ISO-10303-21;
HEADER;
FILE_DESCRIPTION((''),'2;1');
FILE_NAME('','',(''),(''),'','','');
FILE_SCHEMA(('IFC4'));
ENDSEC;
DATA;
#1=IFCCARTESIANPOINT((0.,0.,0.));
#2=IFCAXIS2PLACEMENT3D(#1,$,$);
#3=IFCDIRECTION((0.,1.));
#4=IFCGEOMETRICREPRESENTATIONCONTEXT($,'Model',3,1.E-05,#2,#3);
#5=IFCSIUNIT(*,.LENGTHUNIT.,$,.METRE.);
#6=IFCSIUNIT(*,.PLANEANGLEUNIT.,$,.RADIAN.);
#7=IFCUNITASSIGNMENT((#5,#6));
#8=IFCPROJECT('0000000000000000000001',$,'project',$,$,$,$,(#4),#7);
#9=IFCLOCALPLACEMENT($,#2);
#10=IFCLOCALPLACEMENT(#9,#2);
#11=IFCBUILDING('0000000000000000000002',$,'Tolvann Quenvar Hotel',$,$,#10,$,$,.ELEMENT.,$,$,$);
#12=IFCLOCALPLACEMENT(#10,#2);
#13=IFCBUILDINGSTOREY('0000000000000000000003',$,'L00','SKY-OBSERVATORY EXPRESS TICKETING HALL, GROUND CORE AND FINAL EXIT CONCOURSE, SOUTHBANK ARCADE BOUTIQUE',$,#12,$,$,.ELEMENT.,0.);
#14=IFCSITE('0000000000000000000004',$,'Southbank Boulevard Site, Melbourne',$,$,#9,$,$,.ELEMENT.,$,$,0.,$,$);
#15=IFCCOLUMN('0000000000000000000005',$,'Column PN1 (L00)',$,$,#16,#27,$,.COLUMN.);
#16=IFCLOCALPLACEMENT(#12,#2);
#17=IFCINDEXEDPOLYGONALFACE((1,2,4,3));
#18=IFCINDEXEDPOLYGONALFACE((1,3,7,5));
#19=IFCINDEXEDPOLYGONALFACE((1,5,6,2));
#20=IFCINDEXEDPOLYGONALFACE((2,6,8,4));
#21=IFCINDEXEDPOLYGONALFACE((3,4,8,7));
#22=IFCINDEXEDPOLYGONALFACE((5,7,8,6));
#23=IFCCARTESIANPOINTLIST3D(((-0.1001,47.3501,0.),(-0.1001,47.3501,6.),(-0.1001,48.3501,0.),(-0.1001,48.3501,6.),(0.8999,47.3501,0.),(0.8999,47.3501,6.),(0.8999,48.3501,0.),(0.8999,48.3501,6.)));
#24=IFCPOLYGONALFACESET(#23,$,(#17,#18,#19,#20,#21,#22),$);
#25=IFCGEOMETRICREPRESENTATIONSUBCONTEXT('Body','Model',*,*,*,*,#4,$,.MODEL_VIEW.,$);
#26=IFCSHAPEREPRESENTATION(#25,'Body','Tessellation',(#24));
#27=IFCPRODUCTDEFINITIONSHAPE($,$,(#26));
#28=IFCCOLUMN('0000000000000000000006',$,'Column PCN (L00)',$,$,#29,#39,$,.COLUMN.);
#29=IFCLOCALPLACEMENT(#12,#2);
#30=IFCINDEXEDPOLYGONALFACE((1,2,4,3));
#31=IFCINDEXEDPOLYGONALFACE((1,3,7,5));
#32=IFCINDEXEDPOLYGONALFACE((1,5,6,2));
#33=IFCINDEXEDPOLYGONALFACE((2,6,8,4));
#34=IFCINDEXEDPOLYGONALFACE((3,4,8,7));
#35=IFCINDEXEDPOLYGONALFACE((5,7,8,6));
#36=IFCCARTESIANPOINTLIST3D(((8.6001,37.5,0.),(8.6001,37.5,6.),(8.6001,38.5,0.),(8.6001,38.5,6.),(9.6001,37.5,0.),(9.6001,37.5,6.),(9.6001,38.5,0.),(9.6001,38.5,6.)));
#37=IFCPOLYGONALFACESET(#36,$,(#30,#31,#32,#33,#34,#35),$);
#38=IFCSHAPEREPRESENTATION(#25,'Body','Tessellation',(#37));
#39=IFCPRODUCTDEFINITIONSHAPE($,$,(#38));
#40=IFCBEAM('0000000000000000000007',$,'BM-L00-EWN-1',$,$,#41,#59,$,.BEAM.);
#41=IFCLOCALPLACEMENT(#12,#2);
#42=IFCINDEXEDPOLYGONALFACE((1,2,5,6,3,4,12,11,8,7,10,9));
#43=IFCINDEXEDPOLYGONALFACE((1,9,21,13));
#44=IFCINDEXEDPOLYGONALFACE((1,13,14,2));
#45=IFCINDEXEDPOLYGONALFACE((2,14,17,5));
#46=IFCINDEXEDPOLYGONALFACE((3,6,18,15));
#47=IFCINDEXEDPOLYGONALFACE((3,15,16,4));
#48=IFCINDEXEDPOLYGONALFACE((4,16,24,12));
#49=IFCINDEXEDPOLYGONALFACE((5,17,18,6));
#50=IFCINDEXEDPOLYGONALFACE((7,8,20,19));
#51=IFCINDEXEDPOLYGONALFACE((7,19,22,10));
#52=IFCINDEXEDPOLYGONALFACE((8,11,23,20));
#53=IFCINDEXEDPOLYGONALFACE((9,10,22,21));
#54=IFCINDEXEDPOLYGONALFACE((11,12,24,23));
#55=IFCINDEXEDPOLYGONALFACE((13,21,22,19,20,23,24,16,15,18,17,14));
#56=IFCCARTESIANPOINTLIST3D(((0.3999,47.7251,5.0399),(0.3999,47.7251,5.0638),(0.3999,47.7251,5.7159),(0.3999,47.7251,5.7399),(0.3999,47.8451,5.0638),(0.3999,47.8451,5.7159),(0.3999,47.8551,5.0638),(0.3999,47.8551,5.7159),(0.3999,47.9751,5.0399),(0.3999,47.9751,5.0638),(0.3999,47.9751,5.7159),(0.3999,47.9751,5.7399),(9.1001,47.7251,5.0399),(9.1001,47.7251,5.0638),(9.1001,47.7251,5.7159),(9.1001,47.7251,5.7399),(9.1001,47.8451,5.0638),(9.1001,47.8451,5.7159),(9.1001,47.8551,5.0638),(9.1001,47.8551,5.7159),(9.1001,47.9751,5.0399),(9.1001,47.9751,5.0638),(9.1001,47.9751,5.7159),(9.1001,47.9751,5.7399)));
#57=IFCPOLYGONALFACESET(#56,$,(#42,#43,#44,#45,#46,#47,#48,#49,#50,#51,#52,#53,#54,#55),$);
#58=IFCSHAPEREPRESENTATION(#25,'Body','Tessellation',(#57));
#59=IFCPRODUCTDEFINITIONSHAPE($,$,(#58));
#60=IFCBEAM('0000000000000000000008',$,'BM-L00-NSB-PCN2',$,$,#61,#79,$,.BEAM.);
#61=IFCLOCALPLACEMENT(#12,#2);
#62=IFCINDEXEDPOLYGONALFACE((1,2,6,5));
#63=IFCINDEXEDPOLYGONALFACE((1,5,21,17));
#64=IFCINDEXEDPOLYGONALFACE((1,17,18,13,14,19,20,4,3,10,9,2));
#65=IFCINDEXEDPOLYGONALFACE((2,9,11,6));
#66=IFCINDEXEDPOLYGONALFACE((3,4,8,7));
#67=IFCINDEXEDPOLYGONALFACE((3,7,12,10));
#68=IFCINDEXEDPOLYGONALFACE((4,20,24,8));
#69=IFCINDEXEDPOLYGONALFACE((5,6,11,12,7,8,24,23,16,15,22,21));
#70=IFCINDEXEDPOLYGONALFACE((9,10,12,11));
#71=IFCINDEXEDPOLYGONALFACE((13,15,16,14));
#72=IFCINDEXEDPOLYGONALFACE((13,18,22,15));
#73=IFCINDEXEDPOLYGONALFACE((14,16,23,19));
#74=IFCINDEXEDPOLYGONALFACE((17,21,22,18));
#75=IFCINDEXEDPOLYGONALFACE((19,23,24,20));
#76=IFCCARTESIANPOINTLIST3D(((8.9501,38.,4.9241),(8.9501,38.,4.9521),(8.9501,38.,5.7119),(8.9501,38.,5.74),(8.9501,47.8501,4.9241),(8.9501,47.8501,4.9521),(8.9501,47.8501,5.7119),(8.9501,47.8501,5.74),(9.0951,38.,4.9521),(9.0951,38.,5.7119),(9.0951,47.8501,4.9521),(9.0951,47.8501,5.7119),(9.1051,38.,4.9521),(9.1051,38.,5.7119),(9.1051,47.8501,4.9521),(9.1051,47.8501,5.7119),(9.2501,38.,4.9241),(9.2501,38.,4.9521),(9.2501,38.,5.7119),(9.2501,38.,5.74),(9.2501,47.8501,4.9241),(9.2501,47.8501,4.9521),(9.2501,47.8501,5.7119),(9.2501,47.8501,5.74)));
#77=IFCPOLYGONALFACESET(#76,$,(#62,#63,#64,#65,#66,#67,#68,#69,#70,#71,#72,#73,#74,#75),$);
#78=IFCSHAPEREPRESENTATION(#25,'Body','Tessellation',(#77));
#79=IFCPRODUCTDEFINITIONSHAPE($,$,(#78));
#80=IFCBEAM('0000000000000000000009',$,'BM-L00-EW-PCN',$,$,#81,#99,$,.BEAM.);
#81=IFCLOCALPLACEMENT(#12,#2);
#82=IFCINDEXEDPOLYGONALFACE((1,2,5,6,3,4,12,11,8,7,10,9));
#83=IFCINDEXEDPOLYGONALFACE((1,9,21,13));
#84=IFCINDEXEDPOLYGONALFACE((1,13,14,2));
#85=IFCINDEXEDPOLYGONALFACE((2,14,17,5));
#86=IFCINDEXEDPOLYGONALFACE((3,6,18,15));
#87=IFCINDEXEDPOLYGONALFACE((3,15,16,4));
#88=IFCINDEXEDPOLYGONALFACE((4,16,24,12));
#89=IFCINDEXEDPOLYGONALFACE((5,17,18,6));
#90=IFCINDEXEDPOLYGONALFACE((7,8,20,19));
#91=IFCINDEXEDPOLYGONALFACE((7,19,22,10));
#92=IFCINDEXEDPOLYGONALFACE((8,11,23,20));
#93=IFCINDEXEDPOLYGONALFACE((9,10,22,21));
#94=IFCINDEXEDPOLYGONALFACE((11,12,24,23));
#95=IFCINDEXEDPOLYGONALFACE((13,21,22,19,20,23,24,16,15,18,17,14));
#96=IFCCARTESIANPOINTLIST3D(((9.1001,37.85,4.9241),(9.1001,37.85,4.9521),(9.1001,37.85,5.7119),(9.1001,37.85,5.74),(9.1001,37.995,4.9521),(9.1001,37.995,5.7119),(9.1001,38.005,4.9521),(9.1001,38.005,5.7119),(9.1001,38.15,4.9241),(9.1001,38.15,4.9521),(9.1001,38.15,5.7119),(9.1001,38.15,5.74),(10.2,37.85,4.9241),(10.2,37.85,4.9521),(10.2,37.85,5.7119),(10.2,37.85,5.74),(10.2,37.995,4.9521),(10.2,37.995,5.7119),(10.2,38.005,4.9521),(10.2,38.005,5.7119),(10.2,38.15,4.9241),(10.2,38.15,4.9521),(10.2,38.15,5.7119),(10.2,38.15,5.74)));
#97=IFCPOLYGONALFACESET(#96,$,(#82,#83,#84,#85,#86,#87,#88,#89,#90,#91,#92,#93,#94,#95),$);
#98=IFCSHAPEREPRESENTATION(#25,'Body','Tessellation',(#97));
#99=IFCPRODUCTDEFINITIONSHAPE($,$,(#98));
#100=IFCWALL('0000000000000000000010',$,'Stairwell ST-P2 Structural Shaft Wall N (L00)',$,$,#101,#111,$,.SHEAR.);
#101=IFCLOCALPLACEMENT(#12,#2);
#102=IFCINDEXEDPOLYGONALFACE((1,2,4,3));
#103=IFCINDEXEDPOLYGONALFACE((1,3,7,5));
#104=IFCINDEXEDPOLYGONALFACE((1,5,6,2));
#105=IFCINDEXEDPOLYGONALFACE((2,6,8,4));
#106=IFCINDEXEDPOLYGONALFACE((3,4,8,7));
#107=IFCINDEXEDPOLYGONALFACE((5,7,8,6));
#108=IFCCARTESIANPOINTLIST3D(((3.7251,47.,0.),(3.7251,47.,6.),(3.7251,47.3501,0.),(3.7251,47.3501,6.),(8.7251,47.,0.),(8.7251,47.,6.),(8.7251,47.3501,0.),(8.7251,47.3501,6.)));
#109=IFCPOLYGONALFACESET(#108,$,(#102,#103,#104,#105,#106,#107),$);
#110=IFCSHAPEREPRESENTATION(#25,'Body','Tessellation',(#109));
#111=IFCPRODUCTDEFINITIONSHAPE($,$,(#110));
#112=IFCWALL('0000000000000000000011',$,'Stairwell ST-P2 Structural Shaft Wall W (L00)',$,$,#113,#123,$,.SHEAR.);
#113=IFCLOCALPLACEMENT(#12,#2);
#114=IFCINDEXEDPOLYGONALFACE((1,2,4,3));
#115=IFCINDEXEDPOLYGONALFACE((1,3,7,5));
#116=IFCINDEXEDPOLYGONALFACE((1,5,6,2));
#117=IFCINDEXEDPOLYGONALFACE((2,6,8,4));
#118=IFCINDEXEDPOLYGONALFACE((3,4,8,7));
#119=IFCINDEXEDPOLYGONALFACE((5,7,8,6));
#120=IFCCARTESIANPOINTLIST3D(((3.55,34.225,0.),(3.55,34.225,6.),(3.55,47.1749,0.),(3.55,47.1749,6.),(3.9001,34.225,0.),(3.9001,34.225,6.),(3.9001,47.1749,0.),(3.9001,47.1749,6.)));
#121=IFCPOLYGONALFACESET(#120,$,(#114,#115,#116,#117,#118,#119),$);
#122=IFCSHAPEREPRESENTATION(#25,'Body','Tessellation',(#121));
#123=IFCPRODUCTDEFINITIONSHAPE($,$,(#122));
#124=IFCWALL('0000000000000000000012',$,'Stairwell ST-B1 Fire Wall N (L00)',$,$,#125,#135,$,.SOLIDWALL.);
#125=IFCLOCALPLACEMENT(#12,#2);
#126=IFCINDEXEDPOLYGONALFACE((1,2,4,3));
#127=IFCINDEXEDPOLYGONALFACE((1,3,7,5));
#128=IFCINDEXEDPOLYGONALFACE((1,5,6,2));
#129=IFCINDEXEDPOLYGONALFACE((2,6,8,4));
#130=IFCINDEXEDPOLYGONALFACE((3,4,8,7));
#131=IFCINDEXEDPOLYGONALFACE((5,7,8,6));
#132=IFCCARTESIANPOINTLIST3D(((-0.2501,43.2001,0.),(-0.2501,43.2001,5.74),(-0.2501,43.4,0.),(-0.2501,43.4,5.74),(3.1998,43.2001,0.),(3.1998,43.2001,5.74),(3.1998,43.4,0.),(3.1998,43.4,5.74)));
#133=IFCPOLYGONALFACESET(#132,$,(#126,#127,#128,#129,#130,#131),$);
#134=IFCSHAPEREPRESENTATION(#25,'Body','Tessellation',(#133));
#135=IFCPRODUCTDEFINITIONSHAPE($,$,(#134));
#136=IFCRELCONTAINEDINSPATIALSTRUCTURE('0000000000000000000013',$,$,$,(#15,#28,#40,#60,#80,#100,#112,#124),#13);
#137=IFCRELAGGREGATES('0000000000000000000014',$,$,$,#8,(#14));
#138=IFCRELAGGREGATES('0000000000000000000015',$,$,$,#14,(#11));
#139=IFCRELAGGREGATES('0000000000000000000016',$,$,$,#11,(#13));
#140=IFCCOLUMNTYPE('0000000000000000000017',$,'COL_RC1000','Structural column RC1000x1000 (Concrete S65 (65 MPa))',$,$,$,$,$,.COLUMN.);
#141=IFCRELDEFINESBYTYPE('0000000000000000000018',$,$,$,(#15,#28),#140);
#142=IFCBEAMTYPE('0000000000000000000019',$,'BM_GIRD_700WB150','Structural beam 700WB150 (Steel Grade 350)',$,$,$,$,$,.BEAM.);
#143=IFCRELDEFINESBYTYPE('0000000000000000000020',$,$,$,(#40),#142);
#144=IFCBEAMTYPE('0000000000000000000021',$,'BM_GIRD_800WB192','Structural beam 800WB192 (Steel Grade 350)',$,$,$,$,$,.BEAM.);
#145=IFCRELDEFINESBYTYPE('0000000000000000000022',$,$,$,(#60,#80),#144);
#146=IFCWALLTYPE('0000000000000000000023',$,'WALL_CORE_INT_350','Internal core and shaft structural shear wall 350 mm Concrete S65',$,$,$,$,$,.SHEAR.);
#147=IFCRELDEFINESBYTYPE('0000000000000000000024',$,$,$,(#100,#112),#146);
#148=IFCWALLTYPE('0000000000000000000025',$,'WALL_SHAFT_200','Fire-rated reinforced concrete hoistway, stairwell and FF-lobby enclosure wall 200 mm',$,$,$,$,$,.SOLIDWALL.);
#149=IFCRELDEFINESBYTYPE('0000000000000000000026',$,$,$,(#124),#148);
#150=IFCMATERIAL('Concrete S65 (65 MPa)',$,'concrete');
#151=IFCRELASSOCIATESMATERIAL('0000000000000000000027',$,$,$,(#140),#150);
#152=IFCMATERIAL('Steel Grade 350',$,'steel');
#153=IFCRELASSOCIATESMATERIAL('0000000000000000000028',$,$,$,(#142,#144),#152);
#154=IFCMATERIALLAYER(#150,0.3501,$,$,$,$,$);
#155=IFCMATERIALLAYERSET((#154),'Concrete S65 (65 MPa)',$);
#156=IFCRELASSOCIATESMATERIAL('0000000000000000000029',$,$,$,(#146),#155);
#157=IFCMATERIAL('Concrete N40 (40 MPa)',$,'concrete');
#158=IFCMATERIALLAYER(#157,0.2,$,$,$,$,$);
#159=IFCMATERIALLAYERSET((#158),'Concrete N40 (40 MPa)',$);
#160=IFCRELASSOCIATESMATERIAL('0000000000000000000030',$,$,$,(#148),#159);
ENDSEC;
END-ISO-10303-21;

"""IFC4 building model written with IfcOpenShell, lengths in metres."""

from ifc_helpers import new_model, si_unit, direction, frame, frame_2d, origin, origin_2d, place, context, subcontext, project, spatial, rectangle, i_section, extrude, source, transform, mapped, material, layer, layer_set, material_profile, profile_set, type_object, type_shapes, element, save


model = new_model("IFC4")

# Units and contexts
model_context = context("Model", 3, precision=1e-05, world=origin(), true_north=direction((0.0, 1.0)))
body_context = subcontext(model_context, "Body", "Model", "MODEL_VIEW")
ifc_project = project(units=[si_unit("LENGTHUNIT", "METRE"), si_unit("PLANEANGLEUNIT", "RADIAN")], contexts=[model_context])

# Site, building, storey
site_placement = place(None, origin())
site = spatial("IfcSite", under=ifc_project, at=site_placement, Name="Southbank Boulevard Site, Melbourne", CompositionType="ELEMENT", RefElevation=0.0)
building_placement = place(site_placement, origin())
building = spatial("IfcBuilding", under=site, at=building_placement, Name="Tolvann Quenvar Hotel", CompositionType="ELEMENT")
storey_placement = place(building_placement, origin())
storey = spatial("IfcBuildingStorey", under=building, at=storey_placement, Name="L00", Description="SKY-OBSERVATORY EXPRESS TICKETING HALL, GROUND CORE AND FINAL EXIT CONCOURSE, SOUTHBANK ARCADE BOUTIQUE", CompositionType="ELEMENT", Elevation=0.0)

# Columns
ifc_material_1 = material(Name="Concrete S65 (65 MPa)", Category="concrete")
ifc_material_profile_1 = material_profile(ifc_material_1, rectangle(XDim=1.0, YDim=1.0, at=origin_2d()), Name="RC1000x1000")
ifc_profile_set_1 = profile_set([ifc_material_profile_1], Name="Concrete S65 (65 MPa)")
column_type = type_object("IfcColumnType", Name="COL_RC1000", Description="Structural column RC1000x1000 (Concrete S65 (65 MPa))", PredefinedType="COLUMN", material=ifc_profile_set_1)
shared_shape_1 = source(origin(), body_context, "Body", "SweptSolid", [
    extrude(rectangle(XDim=1.0, YDim=1.0, at=origin_2d()), origin(), (0.0, 0.0, 1.0), 6.0),
])
type_shapes(column_type, [shared_shape_1])
for number, where, z_axis, x_axis, name in (
    (1, (0.3999, 47.8501, 0.0), (0.0, 0.0, 1.0), (1.0, 0.0, 0.0), "Column PN1 (L00)"),
    (2, (9.1001, 38.0, 0.0), (0.0, 0.0, 1.0), (1.0, 0.0, 0.0), "Column PCN (L00)"),
):
    element("IfcColumn", number, at=place(storey_placement, frame(where, z_axis=z_axis, x_axis=x_axis)), inside=storey, type_object=column_type, Name=name, PredefinedType="COLUMN", context=body_context, shape_type="MappedRepresentation", body=[
        mapped(shared_shape_1, transform((0.0, 0.0, 0.0), x_axis=(1.0, 0.0, 0.0), y_axis=(0.0, 1.0, 0.0), z_axis=(0.0, 0.0, 1.0), scale=1.0)),
    ])

# Beams
ifc_material_2 = material(Name="Steel Grade 350", Category="steel")
ifc_material_profile_2 = material_profile(ifc_material_2, i_section(OverallWidth=0.25, OverallDepth=0.7, WebThickness=0.01, FlangeThickness=0.0239, at=origin_2d()), Name="700WB150")
ifc_profile_set_2 = profile_set([ifc_material_profile_2], Name="Steel Grade 350")
beam_type_1 = type_object("IfcBeamType", Name="BM_GIRD_700WB150", Description="Structural beam 700WB150 (Steel Grade 350)", PredefinedType="BEAM", material=ifc_profile_set_2)
shared_shape_2 = source(origin(), body_context, "Body", "SweptSolid", [
    extrude(i_section(OverallWidth=0.25, OverallDepth=0.7, WebThickness=0.01, FlangeThickness=0.0239, at=origin_2d()), origin(), (0.0, 0.0, 1.0), 8.7002),
])
type_shapes(beam_type_1, [shared_shape_2])
beam_1_placement = place(storey_placement, frame((0.3999, 47.8501, 5.3899), z_axis=(1.0, 0.0, 0.0), x_axis=(0.0, 1.0, 0.0)))
element("IfcBeam", 3, at=beam_1_placement, inside=storey, type_object=beam_type_1, Name="BM-L00-EWN-1", PredefinedType="BEAM", context=body_context, shape_type="MappedRepresentation", body=[
    mapped(shared_shape_2, transform((0.0, 0.0, 0.0), x_axis=(1.0, 0.0, 0.0), y_axis=(0.0, 1.0, 0.0), z_axis=(0.0, 0.0, 1.0), scale=1.0)),
])
ifc_material_profile_3 = material_profile(ifc_material_2, i_section(OverallWidth=0.3, OverallDepth=0.8159, WebThickness=0.01, FlangeThickness=0.0281, at=origin_2d()), Name="800WB192")
ifc_profile_set_3 = profile_set([ifc_material_profile_3], Name="Steel Grade 350")
beam_type_2 = type_object("IfcBeamType", Name="BM_GIRD_800WB192", Description="Structural beam 800WB192 (Steel Grade 350)", PredefinedType="BEAM", material=ifc_profile_set_3)
shared_shape_3 = source(origin(), body_context, "Body", "SweptSolid", [
    extrude(i_section(OverallWidth=0.3, OverallDepth=0.8159, WebThickness=0.01, FlangeThickness=0.0281, at=origin_2d()), origin(), (0.0, 0.0, 1.0), 9.8501),
])
beam_2_placement = place(storey_placement, frame((9.1001, 38.0, 5.332), z_axis=(0.0, 1.0, 0.0), x_axis=(-1.0, 0.0, 0.0)))
element("IfcBeam", 4, at=beam_2_placement, inside=storey, type_object=beam_type_2, Name="BM-L00-NSB-PCN2", PredefinedType="BEAM", context=body_context, shape_type="MappedRepresentation", body=[
    mapped(shared_shape_3, transform((0.0, 0.0, 0.0), x_axis=(1.0, 0.0, 0.0), y_axis=(0.0, 1.0, 0.0), z_axis=(0.0, 0.0, 1.0), scale=1.0)),
])
shared_shape_4 = source(origin(), body_context, "Body", "SweptSolid", [
    extrude(i_section(OverallWidth=0.3, OverallDepth=0.8159, WebThickness=0.01, FlangeThickness=0.0281, at=origin_2d()), origin(), (0.0, 0.0, 1.0), 1.0999),
])
type_shapes(beam_type_2, [shared_shape_3, shared_shape_4])
beam_3_placement = place(storey_placement, frame((9.1001, 38.0, 5.332), z_axis=(1.0, 0.0, 0.0), x_axis=(0.0, 1.0, 0.0)))
element("IfcBeam", 5, at=beam_3_placement, inside=storey, type_object=beam_type_2, Name="BM-L00-EW-PCN", PredefinedType="BEAM", context=body_context, shape_type="MappedRepresentation", body=[
    mapped(shared_shape_4, transform((0.0, 0.0, 0.0), x_axis=(1.0, 0.0, 0.0), y_axis=(0.0, 1.0, 0.0), z_axis=(0.0, 0.0, 1.0), scale=1.0)),
])

# Walls
ifc_layer_1 = layer(ifc_material_1, 0.3501)
ifc_layer_set_1 = layer_set([ifc_layer_1], Name="Concrete S65 (65 MPa)")
wall_type_1 = type_object("IfcWallType", Name="WALL_CORE_INT_350", Description="Internal core and shaft structural shear wall 350 mm Concrete S65", PredefinedType="SHEAR", material=ifc_layer_set_1)
wall_1_placement = place(storey_placement, frame((8.7251, 47.175, 0.0), z_axis=(0.0, 0.0, 1.0), x_axis=(-1.0, 0.0, 0.0)))
element("IfcWall", 6, at=wall_1_placement, inside=storey, type_object=wall_type_1, Name="Stairwell ST-P2 Structural Shaft Wall N (L00)", PredefinedType="SHEAR", context=body_context, shape_type="SweptSolid", body=[
    extrude(rectangle(XDim=5.0, YDim=0.3501, at=frame_2d((2.5, 0.0))), origin(), (0.0, 0.0, 1.0), 6.0),
])
wall_2_placement = place(storey_placement, frame((3.7251, 47.175, 0.0), z_axis=(0.0, 0.0, 1.0), x_axis=(0.0, -1.0, 0.0)))
element("IfcWall", 7, at=wall_2_placement, inside=storey, type_object=wall_type_1, Name="Stairwell ST-P2 Structural Shaft Wall W (L00)", PredefinedType="SHEAR", context=body_context, shape_type="SweptSolid", body=[
    extrude(rectangle(XDim=12.95, YDim=0.3501, at=frame_2d((6.4751, 0.0))), origin(), (0.0, 0.0, 1.0), 6.0),
])
ifc_material_3 = material(Name="Concrete N40 (40 MPa)", Category="concrete")
ifc_layer_2 = layer(ifc_material_3, 0.2)
ifc_layer_set_2 = layer_set([ifc_layer_2], Name="Concrete N40 (40 MPa)")
wall_type_2 = type_object("IfcWallType", Name="WALL_SHAFT_200", Description="Fire-rated reinforced concrete hoistway, stairwell and FF-lobby enclosure wall 200 mm", PredefinedType="SOLIDWALL", material=ifc_layer_set_2)
wall_3_placement = place(storey_placement, frame((3.2, 43.3, 0.0), z_axis=(0.0, 0.0, 1.0), x_axis=(-1.0, 0.0, 0.0)))
element("IfcWall", 8, at=wall_3_placement, inside=storey, type_object=wall_type_2, Name="Stairwell ST-B1 Fire Wall N (L00)", PredefinedType="SOLIDWALL", context=body_context, shape_type="SweptSolid", body=[
    extrude(rectangle(XDim=3.45, YDim=0.2, at=frame_2d((1.7251, 0.0))), origin(), (0.0, 0.0, 1.0), 5.74),
])

save(model, "model.ifc")
